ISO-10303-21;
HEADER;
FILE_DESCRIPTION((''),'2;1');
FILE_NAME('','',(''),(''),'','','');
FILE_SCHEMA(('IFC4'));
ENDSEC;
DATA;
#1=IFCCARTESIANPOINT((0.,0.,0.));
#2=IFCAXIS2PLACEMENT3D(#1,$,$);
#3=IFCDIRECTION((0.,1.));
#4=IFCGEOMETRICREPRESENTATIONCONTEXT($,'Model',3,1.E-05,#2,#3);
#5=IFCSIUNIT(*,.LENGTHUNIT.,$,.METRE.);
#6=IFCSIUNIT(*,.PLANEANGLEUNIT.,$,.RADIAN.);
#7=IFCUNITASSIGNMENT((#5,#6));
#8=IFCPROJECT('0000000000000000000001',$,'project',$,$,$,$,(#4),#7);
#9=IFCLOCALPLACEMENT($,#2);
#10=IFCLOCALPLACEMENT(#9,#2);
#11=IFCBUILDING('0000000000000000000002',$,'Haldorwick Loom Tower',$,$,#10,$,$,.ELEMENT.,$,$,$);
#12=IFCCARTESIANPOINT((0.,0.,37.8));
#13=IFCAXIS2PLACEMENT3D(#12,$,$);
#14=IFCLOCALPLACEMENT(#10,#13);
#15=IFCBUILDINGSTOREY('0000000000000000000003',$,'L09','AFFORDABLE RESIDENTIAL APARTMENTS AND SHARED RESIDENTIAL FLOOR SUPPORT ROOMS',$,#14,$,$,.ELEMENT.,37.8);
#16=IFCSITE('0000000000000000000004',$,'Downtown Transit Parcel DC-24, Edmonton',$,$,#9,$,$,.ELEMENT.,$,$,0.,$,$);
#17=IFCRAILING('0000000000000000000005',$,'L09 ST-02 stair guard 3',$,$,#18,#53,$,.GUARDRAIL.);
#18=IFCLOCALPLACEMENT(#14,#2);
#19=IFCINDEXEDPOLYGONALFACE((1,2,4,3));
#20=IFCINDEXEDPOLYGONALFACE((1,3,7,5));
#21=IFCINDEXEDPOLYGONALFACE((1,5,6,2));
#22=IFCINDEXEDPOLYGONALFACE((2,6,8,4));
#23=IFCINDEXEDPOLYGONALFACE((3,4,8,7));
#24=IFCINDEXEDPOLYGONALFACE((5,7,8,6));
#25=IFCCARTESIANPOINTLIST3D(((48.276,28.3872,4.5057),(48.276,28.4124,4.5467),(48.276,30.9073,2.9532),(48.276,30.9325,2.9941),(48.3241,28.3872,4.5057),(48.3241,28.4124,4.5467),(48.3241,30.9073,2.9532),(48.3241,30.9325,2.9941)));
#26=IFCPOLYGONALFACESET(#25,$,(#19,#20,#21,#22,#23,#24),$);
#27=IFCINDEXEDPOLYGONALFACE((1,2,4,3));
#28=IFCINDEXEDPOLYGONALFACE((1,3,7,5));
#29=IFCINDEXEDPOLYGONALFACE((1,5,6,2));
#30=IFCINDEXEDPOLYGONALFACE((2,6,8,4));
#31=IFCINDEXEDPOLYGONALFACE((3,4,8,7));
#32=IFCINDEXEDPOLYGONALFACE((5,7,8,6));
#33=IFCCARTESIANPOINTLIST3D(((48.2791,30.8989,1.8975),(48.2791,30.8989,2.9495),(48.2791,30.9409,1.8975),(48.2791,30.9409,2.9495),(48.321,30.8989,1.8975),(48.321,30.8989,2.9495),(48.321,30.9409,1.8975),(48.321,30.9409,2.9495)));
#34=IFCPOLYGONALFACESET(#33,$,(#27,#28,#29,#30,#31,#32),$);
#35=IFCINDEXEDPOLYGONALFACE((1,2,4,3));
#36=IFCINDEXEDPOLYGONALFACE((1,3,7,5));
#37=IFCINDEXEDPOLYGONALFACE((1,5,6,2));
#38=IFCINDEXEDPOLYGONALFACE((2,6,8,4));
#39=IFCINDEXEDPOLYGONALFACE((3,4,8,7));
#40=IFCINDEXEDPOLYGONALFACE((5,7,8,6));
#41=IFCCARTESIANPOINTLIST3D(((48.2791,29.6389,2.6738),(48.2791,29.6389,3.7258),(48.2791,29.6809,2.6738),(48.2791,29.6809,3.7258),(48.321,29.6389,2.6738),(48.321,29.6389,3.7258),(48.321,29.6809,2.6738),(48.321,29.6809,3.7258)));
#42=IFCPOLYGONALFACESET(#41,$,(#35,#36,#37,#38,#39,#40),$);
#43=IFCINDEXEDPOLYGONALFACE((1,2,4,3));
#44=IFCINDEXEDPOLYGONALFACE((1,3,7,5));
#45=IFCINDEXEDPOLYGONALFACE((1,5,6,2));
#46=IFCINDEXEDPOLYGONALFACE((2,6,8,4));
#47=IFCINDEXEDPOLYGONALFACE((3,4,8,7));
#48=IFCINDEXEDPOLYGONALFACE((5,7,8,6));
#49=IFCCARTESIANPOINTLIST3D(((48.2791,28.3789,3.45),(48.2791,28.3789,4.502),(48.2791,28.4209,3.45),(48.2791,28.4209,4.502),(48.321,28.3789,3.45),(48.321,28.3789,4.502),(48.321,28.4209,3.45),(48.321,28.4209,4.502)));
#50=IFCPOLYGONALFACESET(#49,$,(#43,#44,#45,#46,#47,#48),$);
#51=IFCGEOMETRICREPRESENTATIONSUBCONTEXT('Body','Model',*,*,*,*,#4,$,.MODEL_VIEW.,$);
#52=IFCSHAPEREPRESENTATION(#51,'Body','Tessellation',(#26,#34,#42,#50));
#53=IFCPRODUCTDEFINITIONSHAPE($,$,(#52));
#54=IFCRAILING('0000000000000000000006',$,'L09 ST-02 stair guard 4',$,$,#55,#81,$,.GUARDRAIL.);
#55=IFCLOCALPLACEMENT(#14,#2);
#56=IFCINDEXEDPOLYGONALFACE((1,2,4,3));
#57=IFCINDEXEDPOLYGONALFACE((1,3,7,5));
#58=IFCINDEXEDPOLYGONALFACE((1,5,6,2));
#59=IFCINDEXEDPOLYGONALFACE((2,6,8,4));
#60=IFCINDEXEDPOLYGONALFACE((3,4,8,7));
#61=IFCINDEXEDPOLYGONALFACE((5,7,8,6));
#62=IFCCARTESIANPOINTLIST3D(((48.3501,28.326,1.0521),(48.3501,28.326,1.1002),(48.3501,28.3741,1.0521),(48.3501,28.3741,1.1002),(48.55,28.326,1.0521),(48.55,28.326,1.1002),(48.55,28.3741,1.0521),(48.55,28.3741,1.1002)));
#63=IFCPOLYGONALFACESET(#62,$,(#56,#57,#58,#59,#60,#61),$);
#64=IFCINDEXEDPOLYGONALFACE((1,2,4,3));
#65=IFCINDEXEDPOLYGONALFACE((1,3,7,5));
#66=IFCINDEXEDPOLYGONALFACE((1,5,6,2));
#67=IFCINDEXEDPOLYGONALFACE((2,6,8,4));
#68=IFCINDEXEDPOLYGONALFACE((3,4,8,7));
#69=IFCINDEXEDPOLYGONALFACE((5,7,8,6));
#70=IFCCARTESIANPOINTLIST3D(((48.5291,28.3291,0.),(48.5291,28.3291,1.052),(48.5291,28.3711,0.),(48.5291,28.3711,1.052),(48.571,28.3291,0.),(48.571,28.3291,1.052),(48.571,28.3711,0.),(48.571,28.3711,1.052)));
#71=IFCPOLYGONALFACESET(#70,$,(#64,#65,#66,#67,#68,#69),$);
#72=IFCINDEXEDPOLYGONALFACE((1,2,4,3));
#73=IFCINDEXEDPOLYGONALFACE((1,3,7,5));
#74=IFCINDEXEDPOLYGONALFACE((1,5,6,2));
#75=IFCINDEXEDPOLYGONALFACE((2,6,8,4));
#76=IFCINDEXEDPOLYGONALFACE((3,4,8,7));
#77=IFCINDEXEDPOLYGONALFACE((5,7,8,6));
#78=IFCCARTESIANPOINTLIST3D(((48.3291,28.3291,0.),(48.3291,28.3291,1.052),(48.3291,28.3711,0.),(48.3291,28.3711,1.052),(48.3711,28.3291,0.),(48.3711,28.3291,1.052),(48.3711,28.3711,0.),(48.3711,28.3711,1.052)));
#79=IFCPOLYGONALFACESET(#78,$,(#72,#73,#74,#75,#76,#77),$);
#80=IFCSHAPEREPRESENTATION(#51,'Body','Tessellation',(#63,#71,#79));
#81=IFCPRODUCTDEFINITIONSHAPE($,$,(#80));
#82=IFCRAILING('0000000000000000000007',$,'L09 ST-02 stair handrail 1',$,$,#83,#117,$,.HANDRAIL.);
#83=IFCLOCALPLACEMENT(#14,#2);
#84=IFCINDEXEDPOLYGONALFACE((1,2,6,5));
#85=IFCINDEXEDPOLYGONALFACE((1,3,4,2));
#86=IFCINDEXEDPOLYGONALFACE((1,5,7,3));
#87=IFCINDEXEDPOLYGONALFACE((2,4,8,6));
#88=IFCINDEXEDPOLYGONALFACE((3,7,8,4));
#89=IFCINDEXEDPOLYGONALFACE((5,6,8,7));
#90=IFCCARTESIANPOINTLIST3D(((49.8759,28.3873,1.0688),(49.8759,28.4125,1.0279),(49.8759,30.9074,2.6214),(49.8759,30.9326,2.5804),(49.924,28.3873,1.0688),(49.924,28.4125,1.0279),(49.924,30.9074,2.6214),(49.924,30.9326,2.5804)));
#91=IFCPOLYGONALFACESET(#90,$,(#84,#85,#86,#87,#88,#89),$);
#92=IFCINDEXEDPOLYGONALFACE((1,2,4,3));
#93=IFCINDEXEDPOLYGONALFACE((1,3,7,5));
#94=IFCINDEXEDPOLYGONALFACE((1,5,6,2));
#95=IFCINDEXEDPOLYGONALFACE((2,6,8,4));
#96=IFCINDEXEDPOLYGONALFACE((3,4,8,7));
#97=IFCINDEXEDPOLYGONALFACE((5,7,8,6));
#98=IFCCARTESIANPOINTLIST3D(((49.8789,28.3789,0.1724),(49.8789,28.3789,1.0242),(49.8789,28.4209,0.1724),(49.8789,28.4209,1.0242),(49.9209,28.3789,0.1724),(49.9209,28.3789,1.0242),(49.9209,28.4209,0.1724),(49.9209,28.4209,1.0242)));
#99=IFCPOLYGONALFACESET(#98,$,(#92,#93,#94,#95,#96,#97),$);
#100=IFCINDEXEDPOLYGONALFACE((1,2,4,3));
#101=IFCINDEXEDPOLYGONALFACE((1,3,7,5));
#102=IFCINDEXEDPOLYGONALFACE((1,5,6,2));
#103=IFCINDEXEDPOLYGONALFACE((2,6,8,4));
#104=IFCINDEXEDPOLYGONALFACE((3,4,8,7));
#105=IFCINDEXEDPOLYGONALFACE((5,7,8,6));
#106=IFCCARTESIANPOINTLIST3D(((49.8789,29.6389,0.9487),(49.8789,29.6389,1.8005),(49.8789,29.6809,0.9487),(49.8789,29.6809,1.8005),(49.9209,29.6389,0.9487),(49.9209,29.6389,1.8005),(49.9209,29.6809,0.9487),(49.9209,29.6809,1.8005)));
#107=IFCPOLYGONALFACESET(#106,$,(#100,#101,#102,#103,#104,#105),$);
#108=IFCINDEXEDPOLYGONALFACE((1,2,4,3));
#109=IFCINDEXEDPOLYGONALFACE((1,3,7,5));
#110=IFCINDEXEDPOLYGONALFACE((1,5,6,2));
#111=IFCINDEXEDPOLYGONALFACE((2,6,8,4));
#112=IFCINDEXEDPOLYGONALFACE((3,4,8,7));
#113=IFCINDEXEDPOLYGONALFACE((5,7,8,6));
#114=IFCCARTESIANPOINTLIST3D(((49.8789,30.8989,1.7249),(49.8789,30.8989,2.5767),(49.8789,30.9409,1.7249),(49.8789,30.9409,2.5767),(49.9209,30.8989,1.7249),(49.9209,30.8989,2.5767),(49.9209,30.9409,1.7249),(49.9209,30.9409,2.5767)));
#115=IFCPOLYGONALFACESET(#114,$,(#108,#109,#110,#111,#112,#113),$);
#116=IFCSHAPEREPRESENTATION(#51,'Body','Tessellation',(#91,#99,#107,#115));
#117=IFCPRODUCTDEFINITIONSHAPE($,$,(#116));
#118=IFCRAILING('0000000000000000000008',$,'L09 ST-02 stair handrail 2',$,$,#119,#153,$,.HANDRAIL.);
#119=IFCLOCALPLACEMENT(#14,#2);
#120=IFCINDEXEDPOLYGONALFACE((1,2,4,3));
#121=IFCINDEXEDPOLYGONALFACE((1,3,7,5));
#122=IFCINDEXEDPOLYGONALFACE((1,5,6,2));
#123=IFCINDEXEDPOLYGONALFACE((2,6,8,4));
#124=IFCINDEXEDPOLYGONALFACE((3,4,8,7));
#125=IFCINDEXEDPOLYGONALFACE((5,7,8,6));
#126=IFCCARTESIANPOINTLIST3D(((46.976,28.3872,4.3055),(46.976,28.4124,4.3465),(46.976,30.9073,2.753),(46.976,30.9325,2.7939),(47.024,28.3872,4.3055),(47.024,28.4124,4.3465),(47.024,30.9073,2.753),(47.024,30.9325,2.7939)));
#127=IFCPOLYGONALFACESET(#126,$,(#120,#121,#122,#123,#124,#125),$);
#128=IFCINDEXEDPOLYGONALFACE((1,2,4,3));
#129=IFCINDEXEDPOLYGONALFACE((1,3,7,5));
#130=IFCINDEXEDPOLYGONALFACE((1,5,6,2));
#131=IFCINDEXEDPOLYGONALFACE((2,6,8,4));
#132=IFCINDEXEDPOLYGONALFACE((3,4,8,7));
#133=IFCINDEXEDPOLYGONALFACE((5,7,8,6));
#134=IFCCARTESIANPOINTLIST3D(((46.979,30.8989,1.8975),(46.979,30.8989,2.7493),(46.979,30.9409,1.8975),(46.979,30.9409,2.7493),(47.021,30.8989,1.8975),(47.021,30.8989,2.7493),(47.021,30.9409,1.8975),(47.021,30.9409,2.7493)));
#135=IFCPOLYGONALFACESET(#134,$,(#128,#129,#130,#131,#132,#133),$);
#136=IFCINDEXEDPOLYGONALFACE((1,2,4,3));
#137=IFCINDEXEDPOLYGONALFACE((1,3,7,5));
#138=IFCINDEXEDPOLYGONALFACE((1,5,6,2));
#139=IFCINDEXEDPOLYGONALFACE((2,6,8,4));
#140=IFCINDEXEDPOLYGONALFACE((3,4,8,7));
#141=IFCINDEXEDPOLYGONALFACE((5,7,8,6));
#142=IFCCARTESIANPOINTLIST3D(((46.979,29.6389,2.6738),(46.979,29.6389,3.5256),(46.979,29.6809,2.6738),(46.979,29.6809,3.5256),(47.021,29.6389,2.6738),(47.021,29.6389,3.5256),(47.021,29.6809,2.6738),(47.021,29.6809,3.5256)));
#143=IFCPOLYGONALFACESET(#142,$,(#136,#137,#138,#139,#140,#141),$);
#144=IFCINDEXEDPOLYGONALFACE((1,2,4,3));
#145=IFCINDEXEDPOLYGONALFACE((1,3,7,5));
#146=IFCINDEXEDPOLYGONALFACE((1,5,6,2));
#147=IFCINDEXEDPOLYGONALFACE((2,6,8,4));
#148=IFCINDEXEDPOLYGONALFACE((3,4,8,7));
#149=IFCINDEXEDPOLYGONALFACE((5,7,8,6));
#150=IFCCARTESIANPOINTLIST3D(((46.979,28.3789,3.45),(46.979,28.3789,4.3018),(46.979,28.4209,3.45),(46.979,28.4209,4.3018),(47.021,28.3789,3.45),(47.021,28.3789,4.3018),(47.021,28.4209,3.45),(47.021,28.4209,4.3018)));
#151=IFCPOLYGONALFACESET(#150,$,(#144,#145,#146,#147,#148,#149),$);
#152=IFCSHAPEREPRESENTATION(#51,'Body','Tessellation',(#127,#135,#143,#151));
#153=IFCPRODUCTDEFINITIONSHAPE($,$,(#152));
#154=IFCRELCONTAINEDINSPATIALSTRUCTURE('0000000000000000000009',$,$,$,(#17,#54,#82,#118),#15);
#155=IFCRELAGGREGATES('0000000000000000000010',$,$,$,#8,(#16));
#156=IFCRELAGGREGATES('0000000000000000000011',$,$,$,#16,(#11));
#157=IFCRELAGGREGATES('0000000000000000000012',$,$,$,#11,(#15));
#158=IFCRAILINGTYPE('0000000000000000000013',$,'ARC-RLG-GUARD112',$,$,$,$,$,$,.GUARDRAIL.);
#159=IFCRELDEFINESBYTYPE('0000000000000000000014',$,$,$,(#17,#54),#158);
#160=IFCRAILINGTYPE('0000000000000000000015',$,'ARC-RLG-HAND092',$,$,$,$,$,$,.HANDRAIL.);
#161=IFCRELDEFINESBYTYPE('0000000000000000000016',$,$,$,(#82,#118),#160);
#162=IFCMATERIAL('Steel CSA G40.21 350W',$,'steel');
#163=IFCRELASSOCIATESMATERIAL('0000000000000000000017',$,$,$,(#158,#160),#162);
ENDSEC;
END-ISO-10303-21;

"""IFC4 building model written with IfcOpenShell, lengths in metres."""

from ifc_helpers import new_model, si_unit, direction, frame, origin, origin_2d, place, context, subcontext, project, spatial, rectangle, extrude, material, type_object, element, save


model = new_model("IFC4")

# Units and contexts
model_context = context("Model", 3, precision=1e-05, world=origin(), true_north=direction((0.0, 1.0)))
body_context = subcontext(model_context, "Body", "Model", "MODEL_VIEW")
ifc_project = project(units=[si_unit("LENGTHUNIT", "METRE"), si_unit("PLANEANGLEUNIT", "RADIAN")], contexts=[model_context])

# Site, building, storey
site_placement = place(None, origin())
site = spatial("IfcSite", under=ifc_project, at=site_placement, Name="Downtown Transit Parcel DC-24, Edmonton", CompositionType="ELEMENT", RefElevation=0.0)
building_placement = place(site_placement, origin())
building = spatial("IfcBuilding", under=site, at=building_placement, Name="Haldorwick Loom Tower", CompositionType="ELEMENT")
storey_placement = place(building_placement, frame((0.0, 0.0, 37.8)))
storey = spatial("IfcBuildingStorey", under=building, at=storey_placement, Name="L09", Description="AFFORDABLE RESIDENTIAL APARTMENTS AND SHARED RESIDENTIAL FLOOR SUPPORT ROOMS", CompositionType="ELEMENT", Elevation=37.8)

# Shared definitions
ifc_material_1 = material(Name="Steel CSA G40.21 350W", Category="steel")

# Railings
railing_type_1 = type_object("IfcRailingType", Name="ARC-RLG-GUARD112", PredefinedType="GUARDRAIL", material=ifc_material_1)
railing_1_placement = place(storey_placement, frame((48.3, 30.9199, 1.8975)))
element("IfcRailing", 1, at=railing_1_placement, inside=storey, type_object=railing_type_1, Name="L09 ST-02 stair guard 3", PredefinedType="GUARDRAIL", context=body_context, shape_type="SweptSolid", body=[
    extrude(rectangle(XDim=0.0481, YDim=0.0481, at=origin_2d()), frame((0.0, 0.0, 1.0762), z_axis=(0.0, -0.8514, 0.524516), x_axis=(1.0, 0.0, 0.0)), (0.0, 0.0, 1.0), 2.96),
    extrude(rectangle(XDim=0.042, YDim=0.042, at=origin_2d()), origin(), (0.0, 0.0, 1.0), 1.052),
    extrude(rectangle(XDim=0.042, YDim=0.042, at=origin_2d()), frame((0.0, -1.26, 0.7764)), (0.0, 0.0, 1.0), 1.052),
    extrude(rectangle(XDim=0.042, YDim=0.042, at=origin_2d()), frame((0.0, -2.52, 1.5525)), (0.0, 0.0, 1.0), 1.052),
])
railing_2_placement = place(storey_placement, frame((48.55, 28.3501, 0.0)))
element("IfcRailing", 2, at=railing_2_placement, inside=storey, type_object=railing_type_1, Name="L09 ST-02 stair guard 4", PredefinedType="GUARDRAIL", context=body_context, shape_type="SweptSolid", body=[
    extrude(rectangle(XDim=0.0481, YDim=0.0481, at=origin_2d()), frame((0.0, 0.0, 1.0762), z_axis=(-1.0, 0.0, 0.0), x_axis=(0.0, -1.0, 0.0)), (0.0, 0.0, 1.0), 0.2),
    extrude(rectangle(XDim=0.042, YDim=0.042, at=origin_2d()), origin(), (0.0, 0.0, 1.0), 1.052),
    extrude(rectangle(XDim=0.042, YDim=0.042, at=origin_2d()), frame((-0.2, 0.0, 0.0)), (0.0, 0.0, 1.0), 1.052),
])
railing_type_2 = type_object("IfcRailingType", Name="ARC-RLG-HAND092", PredefinedType="HANDRAIL", material=ifc_material_1)
railing_3_placement = place(storey_placement, frame((49.8999, 28.3999, 0.1724)))
element("IfcRailing", 3, at=railing_3_placement, inside=storey, type_object=railing_type_2, Name="L09 ST-02 stair handrail 1", PredefinedType="HANDRAIL", context=body_context, shape_type="SweptSolid", body=[
    extrude(rectangle(XDim=0.0481, YDim=0.0481, at=origin_2d()), frame((0.0, 0.0, 0.876), z_axis=(0.0, 0.8514, 0.524516), x_axis=(-1.0, 0.0, 0.0)), (0.0, 0.0, 1.0), 2.96),
    extrude(rectangle(XDim=0.042, YDim=0.042, at=origin_2d()), origin(), (0.0, 0.0, 1.0), 0.8518),
    extrude(rectangle(XDim=0.042, YDim=0.042, at=origin_2d()), frame((0.0, 1.26, 0.7764)), (0.0, 0.0, 1.0), 0.8518),
    extrude(rectangle(XDim=0.042, YDim=0.042, at=origin_2d()), frame((0.0, 2.52, 1.5525)), (0.0, 0.0, 1.0), 0.8518),
])
railing_4_placement = place(storey_placement, frame((47.0, 30.9199, 1.8975)))
element("IfcRailing", 4, at=railing_4_placement, inside=storey, type_object=railing_type_2, Name="L09 ST-02 stair handrail 2", PredefinedType="HANDRAIL", context=body_context, shape_type="SweptSolid", body=[
    extrude(rectangle(XDim=0.0481, YDim=0.0481, at=origin_2d()), frame((0.0, 0.0, 0.876), z_axis=(0.0, -0.8514, 0.524516), x_axis=(1.0, 0.0, 0.0)), (0.0, 0.0, 1.0), 2.96),
    extrude(rectangle(XDim=0.042, YDim=0.042, at=origin_2d()), origin(), (0.0, 0.0, 1.0), 0.8518),
    extrude(rectangle(XDim=0.042, YDim=0.042, at=origin_2d()), frame((0.0, -1.26, 0.7764)), (0.0, 0.0, 1.0), 0.8518),
    extrude(rectangle(XDim=0.042, YDim=0.042, at=origin_2d()), frame((0.0, -2.52, 1.5525)), (0.0, 0.0, 1.0), 0.8518),
])

save(model, "model.ifc")
